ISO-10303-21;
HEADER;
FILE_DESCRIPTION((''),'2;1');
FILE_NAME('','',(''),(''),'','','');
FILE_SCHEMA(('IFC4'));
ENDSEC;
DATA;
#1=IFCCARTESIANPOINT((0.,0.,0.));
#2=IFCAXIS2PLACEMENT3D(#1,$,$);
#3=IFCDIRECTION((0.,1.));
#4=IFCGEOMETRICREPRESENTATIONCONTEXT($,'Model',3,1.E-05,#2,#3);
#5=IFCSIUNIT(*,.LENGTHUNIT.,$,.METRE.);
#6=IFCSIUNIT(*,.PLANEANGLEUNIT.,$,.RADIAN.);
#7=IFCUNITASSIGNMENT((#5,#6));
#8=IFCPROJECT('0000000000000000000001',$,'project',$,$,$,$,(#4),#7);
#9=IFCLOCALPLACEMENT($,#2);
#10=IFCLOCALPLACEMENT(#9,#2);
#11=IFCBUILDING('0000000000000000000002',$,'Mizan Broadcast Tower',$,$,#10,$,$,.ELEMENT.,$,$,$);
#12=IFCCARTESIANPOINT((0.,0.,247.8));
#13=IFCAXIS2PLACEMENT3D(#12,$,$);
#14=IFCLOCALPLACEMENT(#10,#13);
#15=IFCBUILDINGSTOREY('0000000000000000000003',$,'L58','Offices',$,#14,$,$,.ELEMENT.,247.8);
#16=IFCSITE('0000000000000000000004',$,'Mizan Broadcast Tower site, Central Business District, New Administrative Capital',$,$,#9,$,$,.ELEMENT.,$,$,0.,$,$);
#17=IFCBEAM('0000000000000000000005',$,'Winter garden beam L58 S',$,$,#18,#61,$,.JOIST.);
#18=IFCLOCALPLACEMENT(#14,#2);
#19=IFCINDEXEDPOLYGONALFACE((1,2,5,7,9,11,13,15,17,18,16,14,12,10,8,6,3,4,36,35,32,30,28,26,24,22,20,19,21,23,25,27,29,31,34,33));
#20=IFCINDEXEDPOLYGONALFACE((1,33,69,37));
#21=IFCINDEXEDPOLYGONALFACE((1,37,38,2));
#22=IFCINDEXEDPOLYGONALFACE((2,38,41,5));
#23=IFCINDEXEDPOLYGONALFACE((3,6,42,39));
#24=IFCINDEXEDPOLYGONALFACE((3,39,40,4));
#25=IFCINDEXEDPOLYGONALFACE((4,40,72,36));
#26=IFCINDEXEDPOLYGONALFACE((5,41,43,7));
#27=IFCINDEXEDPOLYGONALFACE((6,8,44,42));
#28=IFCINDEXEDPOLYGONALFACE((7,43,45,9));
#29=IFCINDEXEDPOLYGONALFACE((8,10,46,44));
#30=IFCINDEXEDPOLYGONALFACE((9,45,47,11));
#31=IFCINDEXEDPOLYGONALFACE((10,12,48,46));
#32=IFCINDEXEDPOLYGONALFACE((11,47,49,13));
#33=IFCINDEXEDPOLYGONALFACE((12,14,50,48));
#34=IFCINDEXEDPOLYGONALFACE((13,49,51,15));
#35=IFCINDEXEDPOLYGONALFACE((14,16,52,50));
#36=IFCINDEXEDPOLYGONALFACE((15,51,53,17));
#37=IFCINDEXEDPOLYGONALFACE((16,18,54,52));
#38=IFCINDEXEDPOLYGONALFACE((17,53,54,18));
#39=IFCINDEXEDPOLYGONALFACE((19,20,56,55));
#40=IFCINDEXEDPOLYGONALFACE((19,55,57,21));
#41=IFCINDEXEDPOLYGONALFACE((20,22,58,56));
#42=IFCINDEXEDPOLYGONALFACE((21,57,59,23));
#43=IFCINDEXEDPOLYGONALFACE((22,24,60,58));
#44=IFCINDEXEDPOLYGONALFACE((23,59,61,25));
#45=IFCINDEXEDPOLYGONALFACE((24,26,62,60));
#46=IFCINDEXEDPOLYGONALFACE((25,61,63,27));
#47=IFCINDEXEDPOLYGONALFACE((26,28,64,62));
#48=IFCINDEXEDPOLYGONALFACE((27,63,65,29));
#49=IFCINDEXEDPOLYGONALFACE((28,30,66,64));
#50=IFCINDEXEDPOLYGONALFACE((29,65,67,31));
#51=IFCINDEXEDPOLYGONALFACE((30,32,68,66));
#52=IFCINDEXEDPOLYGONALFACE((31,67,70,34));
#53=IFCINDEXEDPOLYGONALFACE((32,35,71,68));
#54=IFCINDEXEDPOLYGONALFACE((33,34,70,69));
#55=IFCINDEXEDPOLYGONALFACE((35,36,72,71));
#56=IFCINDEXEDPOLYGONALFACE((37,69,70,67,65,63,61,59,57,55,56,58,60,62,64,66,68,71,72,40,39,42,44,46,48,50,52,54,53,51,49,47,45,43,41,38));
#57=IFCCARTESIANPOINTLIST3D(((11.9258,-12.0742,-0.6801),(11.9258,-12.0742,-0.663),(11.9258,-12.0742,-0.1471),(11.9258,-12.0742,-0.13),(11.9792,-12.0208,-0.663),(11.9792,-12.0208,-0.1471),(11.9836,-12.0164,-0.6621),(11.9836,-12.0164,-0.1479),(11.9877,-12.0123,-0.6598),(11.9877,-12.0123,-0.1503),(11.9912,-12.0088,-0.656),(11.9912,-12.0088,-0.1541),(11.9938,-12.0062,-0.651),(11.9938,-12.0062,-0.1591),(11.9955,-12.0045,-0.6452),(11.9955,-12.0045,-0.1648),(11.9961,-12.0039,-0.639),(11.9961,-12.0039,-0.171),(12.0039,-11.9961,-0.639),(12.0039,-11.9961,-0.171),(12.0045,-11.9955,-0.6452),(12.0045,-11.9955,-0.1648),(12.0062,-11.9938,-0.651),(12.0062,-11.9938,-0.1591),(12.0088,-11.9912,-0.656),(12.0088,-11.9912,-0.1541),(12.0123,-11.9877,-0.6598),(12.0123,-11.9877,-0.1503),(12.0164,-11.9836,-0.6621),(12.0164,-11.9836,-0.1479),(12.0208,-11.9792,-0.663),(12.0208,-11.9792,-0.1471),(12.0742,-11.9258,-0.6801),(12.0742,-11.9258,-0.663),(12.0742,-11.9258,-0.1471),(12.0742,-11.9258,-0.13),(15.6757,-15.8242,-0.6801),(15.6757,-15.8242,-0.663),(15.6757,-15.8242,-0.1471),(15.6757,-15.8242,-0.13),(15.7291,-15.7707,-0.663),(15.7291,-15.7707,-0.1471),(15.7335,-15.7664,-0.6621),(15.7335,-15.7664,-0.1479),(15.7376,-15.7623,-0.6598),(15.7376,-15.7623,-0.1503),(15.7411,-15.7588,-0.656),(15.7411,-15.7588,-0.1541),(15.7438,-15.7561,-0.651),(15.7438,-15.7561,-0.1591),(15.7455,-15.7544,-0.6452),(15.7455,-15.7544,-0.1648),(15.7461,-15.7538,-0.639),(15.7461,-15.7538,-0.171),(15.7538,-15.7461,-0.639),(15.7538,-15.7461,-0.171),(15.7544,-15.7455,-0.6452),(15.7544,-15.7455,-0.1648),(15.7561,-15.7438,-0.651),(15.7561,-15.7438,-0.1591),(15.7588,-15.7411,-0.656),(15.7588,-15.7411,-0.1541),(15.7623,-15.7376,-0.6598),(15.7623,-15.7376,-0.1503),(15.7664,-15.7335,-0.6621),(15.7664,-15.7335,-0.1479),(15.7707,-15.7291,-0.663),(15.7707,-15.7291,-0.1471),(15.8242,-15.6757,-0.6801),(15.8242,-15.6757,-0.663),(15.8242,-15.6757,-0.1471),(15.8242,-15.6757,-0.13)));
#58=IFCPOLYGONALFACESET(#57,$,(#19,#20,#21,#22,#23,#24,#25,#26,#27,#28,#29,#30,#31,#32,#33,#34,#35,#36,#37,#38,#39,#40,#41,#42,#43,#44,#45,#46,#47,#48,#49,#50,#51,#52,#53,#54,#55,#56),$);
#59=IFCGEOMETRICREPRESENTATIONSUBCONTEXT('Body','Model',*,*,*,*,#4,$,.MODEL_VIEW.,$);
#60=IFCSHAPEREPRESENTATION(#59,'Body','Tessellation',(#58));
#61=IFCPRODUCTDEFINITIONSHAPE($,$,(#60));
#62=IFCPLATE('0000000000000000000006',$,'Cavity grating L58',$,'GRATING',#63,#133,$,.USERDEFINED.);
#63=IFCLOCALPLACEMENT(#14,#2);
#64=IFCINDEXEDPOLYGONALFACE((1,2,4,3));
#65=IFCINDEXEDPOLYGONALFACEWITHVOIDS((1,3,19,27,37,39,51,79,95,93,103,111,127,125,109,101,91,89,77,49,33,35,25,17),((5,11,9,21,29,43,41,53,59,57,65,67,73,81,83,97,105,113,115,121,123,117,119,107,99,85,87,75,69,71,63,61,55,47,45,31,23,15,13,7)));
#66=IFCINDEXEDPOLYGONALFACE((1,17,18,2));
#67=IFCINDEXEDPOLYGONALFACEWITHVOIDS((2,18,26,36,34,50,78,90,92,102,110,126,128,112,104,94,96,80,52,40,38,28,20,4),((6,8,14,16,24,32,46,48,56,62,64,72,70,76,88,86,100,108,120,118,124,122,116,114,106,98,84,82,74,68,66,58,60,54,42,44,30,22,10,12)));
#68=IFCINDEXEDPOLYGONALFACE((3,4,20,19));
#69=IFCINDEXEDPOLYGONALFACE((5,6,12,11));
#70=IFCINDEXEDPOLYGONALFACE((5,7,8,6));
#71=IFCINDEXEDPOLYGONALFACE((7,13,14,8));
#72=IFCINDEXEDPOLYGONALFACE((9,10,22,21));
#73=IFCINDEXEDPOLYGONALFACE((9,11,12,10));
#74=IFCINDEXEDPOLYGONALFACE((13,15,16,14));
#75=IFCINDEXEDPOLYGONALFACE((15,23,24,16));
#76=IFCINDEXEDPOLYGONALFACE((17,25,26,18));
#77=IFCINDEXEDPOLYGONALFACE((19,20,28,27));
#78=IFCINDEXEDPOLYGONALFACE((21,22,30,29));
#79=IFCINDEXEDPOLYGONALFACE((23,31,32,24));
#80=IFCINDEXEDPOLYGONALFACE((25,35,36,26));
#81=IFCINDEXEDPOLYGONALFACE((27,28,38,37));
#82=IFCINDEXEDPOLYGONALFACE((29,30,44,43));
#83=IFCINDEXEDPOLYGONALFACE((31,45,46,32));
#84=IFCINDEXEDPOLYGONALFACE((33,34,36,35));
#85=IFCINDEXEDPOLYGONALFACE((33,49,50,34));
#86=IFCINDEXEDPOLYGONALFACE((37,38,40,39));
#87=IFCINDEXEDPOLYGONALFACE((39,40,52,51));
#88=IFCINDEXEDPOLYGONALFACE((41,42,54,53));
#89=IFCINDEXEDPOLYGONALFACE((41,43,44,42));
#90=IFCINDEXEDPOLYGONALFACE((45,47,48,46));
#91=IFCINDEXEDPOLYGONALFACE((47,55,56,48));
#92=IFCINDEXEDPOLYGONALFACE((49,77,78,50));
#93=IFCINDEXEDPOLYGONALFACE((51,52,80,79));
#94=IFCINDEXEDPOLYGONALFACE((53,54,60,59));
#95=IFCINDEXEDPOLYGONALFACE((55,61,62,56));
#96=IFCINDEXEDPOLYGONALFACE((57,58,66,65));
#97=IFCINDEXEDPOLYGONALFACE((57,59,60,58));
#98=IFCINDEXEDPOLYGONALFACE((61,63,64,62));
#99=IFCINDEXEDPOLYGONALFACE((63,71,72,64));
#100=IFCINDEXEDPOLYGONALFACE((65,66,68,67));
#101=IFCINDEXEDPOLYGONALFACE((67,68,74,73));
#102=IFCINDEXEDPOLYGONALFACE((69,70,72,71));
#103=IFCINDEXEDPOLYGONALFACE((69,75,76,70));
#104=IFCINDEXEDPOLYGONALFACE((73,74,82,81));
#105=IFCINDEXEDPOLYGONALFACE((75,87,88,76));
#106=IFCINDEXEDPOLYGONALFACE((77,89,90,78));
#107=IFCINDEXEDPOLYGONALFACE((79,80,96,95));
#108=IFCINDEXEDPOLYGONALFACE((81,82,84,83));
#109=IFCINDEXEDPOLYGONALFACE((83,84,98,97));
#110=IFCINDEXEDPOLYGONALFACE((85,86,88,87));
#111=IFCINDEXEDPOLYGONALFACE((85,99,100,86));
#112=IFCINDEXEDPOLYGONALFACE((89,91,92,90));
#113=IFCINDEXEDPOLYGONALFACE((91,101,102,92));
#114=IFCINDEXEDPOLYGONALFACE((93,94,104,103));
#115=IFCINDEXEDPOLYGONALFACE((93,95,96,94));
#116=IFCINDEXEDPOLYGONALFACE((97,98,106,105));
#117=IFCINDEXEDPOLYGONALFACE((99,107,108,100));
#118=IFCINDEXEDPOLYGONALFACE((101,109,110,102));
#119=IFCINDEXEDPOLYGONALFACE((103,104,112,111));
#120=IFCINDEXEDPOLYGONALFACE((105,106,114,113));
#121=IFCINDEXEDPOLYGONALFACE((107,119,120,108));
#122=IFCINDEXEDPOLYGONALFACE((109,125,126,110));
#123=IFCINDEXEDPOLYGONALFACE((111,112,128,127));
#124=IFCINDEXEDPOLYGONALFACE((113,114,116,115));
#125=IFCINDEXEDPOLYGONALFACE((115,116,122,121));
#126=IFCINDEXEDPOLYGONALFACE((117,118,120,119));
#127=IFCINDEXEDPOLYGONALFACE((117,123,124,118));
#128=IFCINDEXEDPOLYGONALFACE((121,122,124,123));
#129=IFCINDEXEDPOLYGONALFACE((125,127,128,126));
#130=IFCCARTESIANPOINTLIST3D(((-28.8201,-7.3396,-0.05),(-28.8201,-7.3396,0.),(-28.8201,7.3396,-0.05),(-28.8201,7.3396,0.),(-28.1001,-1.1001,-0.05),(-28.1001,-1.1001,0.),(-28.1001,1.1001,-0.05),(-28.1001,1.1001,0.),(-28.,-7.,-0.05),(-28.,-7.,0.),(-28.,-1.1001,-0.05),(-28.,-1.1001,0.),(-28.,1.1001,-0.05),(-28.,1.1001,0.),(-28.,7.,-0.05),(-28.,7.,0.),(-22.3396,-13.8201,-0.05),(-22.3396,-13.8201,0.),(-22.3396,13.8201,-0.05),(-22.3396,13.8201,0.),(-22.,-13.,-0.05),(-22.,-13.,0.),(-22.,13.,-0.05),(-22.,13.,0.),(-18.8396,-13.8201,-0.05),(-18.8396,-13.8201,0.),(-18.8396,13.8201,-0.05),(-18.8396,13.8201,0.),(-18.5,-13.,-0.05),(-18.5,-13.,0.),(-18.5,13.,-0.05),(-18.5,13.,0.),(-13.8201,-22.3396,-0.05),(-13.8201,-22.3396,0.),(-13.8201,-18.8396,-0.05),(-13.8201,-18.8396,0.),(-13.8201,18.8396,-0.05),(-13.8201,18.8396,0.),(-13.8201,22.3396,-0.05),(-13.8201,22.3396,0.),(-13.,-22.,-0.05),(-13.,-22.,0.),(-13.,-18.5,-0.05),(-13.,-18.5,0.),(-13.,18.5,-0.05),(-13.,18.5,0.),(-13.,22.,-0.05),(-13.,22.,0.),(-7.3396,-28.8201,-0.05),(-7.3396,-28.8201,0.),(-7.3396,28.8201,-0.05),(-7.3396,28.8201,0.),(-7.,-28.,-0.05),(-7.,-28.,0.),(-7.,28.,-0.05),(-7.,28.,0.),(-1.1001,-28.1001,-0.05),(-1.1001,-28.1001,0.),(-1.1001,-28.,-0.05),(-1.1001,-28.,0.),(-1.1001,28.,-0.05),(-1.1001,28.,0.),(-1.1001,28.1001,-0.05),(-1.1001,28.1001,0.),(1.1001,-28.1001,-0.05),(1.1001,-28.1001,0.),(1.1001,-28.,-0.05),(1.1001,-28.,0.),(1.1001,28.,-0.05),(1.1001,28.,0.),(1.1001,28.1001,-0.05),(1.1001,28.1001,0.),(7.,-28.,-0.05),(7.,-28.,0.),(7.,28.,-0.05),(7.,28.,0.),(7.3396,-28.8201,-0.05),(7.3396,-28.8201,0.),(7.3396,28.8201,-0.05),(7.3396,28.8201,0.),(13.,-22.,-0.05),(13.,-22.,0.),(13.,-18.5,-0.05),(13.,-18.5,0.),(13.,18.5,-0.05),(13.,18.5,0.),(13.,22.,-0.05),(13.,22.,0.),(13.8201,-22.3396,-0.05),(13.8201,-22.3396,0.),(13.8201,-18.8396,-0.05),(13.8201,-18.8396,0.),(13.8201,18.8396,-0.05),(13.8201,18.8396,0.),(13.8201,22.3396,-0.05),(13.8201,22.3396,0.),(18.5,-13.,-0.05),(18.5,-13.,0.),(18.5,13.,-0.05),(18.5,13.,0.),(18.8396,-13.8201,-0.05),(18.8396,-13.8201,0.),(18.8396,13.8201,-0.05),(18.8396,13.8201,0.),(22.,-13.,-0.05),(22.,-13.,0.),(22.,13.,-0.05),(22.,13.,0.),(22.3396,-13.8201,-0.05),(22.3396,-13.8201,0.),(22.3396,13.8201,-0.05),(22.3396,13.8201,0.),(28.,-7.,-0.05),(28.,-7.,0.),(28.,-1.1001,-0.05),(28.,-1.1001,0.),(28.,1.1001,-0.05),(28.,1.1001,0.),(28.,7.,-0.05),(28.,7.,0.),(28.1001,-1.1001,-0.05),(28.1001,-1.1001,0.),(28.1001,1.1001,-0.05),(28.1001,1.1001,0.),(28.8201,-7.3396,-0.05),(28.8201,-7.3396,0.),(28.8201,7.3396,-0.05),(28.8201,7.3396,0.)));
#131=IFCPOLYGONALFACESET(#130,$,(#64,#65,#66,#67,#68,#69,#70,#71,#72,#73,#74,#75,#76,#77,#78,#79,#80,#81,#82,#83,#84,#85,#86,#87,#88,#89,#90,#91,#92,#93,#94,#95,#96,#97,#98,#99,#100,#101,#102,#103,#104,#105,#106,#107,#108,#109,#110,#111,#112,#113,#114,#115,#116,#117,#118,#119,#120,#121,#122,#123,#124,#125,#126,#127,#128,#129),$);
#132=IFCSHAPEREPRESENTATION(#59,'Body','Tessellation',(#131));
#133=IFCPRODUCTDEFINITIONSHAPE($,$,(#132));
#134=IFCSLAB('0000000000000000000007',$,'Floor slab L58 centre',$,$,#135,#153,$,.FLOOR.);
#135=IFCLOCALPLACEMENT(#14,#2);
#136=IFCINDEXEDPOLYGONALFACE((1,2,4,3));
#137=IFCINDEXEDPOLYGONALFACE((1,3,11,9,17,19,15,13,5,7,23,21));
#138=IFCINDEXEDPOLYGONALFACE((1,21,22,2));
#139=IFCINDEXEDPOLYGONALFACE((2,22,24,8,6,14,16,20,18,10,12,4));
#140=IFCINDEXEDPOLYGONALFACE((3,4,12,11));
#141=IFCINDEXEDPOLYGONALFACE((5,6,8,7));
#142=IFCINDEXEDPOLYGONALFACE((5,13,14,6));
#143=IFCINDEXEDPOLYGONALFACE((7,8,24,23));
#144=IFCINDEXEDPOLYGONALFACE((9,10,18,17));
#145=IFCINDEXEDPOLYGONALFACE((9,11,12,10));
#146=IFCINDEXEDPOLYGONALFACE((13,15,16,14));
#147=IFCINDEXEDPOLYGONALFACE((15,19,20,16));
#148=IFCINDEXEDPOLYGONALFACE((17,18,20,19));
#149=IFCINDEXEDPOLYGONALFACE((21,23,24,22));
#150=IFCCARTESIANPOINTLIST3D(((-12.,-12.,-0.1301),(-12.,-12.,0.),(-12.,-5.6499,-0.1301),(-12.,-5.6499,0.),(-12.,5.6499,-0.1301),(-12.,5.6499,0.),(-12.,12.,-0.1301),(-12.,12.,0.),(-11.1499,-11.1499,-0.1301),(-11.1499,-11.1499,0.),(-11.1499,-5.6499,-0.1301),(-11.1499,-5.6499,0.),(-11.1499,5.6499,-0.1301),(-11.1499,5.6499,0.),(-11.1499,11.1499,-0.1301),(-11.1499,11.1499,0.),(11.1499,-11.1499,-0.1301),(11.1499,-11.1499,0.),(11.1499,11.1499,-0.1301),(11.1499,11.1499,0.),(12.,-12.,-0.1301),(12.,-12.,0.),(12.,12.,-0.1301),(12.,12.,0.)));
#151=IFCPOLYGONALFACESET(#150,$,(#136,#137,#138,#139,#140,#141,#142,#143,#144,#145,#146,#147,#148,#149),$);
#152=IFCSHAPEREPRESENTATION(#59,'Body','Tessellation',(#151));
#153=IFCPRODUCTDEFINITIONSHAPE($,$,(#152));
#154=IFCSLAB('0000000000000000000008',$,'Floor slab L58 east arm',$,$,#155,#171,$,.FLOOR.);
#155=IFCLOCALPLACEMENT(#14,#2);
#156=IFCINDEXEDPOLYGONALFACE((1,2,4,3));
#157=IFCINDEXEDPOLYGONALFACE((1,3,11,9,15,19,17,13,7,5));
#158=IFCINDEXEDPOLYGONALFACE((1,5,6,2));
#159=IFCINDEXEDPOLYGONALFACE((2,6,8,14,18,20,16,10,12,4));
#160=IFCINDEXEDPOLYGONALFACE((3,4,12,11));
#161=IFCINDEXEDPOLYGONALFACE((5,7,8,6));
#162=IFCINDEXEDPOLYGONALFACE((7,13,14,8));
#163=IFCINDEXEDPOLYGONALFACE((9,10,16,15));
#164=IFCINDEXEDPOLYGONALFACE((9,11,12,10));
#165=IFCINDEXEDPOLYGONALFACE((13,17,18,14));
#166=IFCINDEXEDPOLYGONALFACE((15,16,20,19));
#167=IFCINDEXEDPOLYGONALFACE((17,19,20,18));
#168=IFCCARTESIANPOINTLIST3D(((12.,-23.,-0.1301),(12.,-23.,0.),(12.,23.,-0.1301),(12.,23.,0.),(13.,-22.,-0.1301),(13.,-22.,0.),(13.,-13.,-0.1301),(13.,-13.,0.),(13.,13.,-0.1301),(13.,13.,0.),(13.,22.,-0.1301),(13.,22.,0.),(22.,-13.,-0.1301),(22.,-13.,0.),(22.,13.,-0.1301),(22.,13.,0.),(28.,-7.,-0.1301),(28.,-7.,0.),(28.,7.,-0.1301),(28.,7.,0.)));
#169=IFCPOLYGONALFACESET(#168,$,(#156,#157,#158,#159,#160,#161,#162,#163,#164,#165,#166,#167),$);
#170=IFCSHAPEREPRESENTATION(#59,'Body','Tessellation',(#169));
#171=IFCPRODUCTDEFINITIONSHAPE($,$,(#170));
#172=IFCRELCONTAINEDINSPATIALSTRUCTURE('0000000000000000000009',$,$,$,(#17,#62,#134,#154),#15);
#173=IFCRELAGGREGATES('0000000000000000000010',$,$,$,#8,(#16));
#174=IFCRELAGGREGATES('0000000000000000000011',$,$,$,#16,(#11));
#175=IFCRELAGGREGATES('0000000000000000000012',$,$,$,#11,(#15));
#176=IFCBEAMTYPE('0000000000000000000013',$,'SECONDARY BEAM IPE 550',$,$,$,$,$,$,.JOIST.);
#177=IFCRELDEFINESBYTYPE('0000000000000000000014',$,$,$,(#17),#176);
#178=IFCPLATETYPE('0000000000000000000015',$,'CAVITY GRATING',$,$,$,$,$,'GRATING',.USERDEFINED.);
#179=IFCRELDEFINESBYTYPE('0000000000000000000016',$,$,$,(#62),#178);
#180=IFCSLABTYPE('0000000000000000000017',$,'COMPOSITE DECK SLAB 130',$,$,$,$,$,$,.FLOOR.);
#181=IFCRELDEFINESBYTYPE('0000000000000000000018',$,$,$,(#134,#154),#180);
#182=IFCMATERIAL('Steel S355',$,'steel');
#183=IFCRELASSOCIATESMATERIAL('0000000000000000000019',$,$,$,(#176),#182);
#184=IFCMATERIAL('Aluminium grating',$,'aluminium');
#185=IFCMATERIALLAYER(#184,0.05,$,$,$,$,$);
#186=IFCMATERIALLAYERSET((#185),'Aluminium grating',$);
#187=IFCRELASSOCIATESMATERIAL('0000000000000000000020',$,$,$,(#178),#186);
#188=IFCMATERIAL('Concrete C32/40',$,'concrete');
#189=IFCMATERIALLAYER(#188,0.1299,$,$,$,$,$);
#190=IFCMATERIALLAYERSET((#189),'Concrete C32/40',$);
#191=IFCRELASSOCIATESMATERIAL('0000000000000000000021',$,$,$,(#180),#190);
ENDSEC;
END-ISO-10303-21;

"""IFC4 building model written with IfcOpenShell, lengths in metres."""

from ifc_helpers import new_model, si_unit, direction, frame, origin, origin_2d, place, context, subcontext, project, spatial, polyline, i_section, outline, extrude, material, layer, layer_set, material_profile, profile_set, type_object, element, save


model = new_model("IFC4")

# Units and contexts
model_context = context("Model", 3, precision=1e-05, world=origin(), true_north=direction((0.0, 1.0)))
body_context = subcontext(model_context, "Body", "Model", "MODEL_VIEW")
ifc_project = project(units=[si_unit("LENGTHUNIT", "METRE"), si_unit("PLANEANGLEUNIT", "RADIAN")], contexts=[model_context])

# Site, building, storey
site_placement = place(None, origin())
site = spatial("IfcSite", under=ifc_project, at=site_placement, Name="Mizan Broadcast Tower site, Central Business District, New Administrative Capital", CompositionType="ELEMENT", RefElevation=0.0)
building_placement = place(site_placement, origin())
building = spatial("IfcBuilding", under=site, at=building_placement, Name="Mizan Broadcast Tower", CompositionType="ELEMENT")
storey_placement = place(building_placement, frame((0.0, 0.0, 247.8)))
storey = spatial("IfcBuildingStorey", under=building, at=storey_placement, Name="L58", Description="Offices", CompositionType="ELEMENT", Elevation=247.8)

# Beam
ifc_material_1 = material(Name="Steel S355", Category="steel")
ifc_material_profile_1 = material_profile(ifc_material_1, i_section(OverallWidth=0.21, OverallDepth=0.55, WebThickness=0.011, FlangeThickness=0.0171, FilletRadius=0.0239, at=origin_2d()), Name="IPE 550")
ifc_profile_set_1 = profile_set([ifc_material_profile_1], Name="Steel S355")
beam_type_1 = type_object("IfcBeamType", Name="SECONDARY BEAM IPE 550", PredefinedType="JOIST", material=ifc_profile_set_1)
beam_1_placement = place(storey_placement, frame((12.0, -12.0, -0.405), z_axis=(0.707107, -0.707107, 0.0), x_axis=(0.707107, 0.707107, 0.0)))
element("IfcBeam", 1, at=beam_1_placement, inside=storey, type_object=beam_type_1, Name="Winter garden beam L58 S", PredefinedType="JOIST", context=body_context, shape_type="SweptSolid", body=[
    extrude(i_section(OverallWidth=0.21, OverallDepth=0.55, WebThickness=0.011, FlangeThickness=0.0171, FilletRadius=0.0239, at=origin_2d()), origin(), (0.0, 0.0, 1.0), 5.3032),
])

# Plate
ifc_material_2 = material(Name="Aluminium grating", Category="aluminium")
ifc_layer_1 = layer(ifc_material_2, 0.05)
ifc_layer_set_1 = layer_set([ifc_layer_1], Name="Aluminium grating")
plate_type = type_object("IfcPlateType", Name="CAVITY GRATING", ElementType="GRATING", PredefinedType="USERDEFINED", material=ifc_layer_set_1)
plate_placement = place(storey_placement, frame((0.0, 0.0, -0.05)))
element("IfcPlate", 2, at=plate_placement, inside=storey, type_object=plate_type, Name="Cavity grating L58", ObjectType="GRATING", PredefinedType="USERDEFINED", context=body_context, shape_type="SweptSolid", body=[
    extrude(outline(polyline([(13.8201, -18.8396), (18.8396, -13.8201), (22.3396, -13.8201), (28.8201, -7.3396), (28.8201, 7.3396), (22.3396, 13.8201), (18.8396, 13.8201), (13.8201, 18.8396), (13.8201, 22.3396), (7.3396, 28.8201), (-7.3396, 28.8201), (-13.8201, 22.3396), (-13.8201, 18.8396), (-18.8396, 13.8201), (-22.3396, 13.8201), (-28.8201, 7.3396), (-28.8201, -7.3396), (-22.3396, -13.8201), (-18.8396, -13.8201), (-13.8201, -18.8396), (-13.8201, -22.3396), (-7.3396, -28.8201), (7.3396, -28.8201), (13.8201, -22.3396), (13.8201, -18.8396)]), holes=[polyline([(28.0, -1.1001), (28.0, -7.0), (22.0, -13.0), (18.5, -13.0), (13.0, -18.5), (13.0, -22.0), (7.0, -28.0), (1.1001, -28.0), (1.1001, -28.1001), (-1.1001, -28.1001), (-1.1001, -28.0), (-7.0, -28.0), (-13.0, -22.0), (-13.0, -18.5), (-18.5, -13.0), (-22.0, -13.0), (-28.0, -7.0), (-28.0, -1.1001), (-28.1001, -1.1001), (-28.1001, 1.1001), (-28.0, 1.1001), (-28.0, 7.0), (-22.0, 13.0), (-18.5, 13.0), (-13.0, 18.5), (-13.0, 22.0), (-7.0, 28.0), (-1.1001, 28.0), (-1.1001, 28.1001), (1.1001, 28.1001), (1.1001, 28.0), (7.0, 28.0), (13.0, 22.0), (13.0, 18.5), (18.5, 13.0), (22.0, 13.0), (28.0, 7.0), (28.0, 1.1001), (28.1001, 1.1001), (28.1001, -1.1001), (28.0, -1.1001)])]), origin(), (0.0, 0.0, 1.0), 0.05),
])

# Slabs
ifc_material_3 = material(Name="Concrete C32/40", Category="concrete")
ifc_layer_2 = layer(ifc_material_3, 0.1299)
ifc_layer_set_2 = layer_set([ifc_layer_2], Name="Concrete C32/40")
slab_type_1 = type_object("IfcSlabType", Name="COMPOSITE DECK SLAB 130", PredefinedType="FLOOR", material=ifc_layer_set_2)
slab_1_placement = place(storey_placement, frame((0.0, 0.0, -0.1301)))
element("IfcSlab", 3, at=slab_1_placement, inside=storey, type_object=slab_type_1, Name="Floor slab L58 centre", PredefinedType="FLOOR", context=body_context, shape_type="SweptSolid", body=[
    extrude(outline(polyline([(-11.1499, -5.6499), (-12.0, -5.6499), (-12.0, -12.0), (12.0, -12.0), (12.0, 12.0), (-12.0, 12.0), (-12.0, 5.6499), (-11.1499, 5.6499), (-11.1499, 11.1499), (11.1499, 11.1499), (11.1499, -11.1499), (-11.1499, -11.1499), (-11.1499, -5.6499)])), origin(), (0.0, 0.0, 1.0), 0.1301),
])
slab_2_placement = place(storey_placement, frame((0.0, 0.0, -0.1301)))
element("IfcSlab", 4, at=slab_2_placement, inside=storey, type_object=slab_type_1, Name="Floor slab L58 east arm", PredefinedType="FLOOR", context=body_context, shape_type="SweptSolid", body=[
    extrude(outline(polyline([(13.0, 22.0), (12.0, 23.0), (12.0, -23.0), (13.0, -22.0), (13.0, -13.0), (22.0, -13.0), (28.0, -7.0), (28.0, 7.0), (22.0, 13.0), (13.0, 13.0), (13.0, 22.0)])), origin(), (0.0, 0.0, 1.0), 0.1301),
])

save(model, "model.ifc")
